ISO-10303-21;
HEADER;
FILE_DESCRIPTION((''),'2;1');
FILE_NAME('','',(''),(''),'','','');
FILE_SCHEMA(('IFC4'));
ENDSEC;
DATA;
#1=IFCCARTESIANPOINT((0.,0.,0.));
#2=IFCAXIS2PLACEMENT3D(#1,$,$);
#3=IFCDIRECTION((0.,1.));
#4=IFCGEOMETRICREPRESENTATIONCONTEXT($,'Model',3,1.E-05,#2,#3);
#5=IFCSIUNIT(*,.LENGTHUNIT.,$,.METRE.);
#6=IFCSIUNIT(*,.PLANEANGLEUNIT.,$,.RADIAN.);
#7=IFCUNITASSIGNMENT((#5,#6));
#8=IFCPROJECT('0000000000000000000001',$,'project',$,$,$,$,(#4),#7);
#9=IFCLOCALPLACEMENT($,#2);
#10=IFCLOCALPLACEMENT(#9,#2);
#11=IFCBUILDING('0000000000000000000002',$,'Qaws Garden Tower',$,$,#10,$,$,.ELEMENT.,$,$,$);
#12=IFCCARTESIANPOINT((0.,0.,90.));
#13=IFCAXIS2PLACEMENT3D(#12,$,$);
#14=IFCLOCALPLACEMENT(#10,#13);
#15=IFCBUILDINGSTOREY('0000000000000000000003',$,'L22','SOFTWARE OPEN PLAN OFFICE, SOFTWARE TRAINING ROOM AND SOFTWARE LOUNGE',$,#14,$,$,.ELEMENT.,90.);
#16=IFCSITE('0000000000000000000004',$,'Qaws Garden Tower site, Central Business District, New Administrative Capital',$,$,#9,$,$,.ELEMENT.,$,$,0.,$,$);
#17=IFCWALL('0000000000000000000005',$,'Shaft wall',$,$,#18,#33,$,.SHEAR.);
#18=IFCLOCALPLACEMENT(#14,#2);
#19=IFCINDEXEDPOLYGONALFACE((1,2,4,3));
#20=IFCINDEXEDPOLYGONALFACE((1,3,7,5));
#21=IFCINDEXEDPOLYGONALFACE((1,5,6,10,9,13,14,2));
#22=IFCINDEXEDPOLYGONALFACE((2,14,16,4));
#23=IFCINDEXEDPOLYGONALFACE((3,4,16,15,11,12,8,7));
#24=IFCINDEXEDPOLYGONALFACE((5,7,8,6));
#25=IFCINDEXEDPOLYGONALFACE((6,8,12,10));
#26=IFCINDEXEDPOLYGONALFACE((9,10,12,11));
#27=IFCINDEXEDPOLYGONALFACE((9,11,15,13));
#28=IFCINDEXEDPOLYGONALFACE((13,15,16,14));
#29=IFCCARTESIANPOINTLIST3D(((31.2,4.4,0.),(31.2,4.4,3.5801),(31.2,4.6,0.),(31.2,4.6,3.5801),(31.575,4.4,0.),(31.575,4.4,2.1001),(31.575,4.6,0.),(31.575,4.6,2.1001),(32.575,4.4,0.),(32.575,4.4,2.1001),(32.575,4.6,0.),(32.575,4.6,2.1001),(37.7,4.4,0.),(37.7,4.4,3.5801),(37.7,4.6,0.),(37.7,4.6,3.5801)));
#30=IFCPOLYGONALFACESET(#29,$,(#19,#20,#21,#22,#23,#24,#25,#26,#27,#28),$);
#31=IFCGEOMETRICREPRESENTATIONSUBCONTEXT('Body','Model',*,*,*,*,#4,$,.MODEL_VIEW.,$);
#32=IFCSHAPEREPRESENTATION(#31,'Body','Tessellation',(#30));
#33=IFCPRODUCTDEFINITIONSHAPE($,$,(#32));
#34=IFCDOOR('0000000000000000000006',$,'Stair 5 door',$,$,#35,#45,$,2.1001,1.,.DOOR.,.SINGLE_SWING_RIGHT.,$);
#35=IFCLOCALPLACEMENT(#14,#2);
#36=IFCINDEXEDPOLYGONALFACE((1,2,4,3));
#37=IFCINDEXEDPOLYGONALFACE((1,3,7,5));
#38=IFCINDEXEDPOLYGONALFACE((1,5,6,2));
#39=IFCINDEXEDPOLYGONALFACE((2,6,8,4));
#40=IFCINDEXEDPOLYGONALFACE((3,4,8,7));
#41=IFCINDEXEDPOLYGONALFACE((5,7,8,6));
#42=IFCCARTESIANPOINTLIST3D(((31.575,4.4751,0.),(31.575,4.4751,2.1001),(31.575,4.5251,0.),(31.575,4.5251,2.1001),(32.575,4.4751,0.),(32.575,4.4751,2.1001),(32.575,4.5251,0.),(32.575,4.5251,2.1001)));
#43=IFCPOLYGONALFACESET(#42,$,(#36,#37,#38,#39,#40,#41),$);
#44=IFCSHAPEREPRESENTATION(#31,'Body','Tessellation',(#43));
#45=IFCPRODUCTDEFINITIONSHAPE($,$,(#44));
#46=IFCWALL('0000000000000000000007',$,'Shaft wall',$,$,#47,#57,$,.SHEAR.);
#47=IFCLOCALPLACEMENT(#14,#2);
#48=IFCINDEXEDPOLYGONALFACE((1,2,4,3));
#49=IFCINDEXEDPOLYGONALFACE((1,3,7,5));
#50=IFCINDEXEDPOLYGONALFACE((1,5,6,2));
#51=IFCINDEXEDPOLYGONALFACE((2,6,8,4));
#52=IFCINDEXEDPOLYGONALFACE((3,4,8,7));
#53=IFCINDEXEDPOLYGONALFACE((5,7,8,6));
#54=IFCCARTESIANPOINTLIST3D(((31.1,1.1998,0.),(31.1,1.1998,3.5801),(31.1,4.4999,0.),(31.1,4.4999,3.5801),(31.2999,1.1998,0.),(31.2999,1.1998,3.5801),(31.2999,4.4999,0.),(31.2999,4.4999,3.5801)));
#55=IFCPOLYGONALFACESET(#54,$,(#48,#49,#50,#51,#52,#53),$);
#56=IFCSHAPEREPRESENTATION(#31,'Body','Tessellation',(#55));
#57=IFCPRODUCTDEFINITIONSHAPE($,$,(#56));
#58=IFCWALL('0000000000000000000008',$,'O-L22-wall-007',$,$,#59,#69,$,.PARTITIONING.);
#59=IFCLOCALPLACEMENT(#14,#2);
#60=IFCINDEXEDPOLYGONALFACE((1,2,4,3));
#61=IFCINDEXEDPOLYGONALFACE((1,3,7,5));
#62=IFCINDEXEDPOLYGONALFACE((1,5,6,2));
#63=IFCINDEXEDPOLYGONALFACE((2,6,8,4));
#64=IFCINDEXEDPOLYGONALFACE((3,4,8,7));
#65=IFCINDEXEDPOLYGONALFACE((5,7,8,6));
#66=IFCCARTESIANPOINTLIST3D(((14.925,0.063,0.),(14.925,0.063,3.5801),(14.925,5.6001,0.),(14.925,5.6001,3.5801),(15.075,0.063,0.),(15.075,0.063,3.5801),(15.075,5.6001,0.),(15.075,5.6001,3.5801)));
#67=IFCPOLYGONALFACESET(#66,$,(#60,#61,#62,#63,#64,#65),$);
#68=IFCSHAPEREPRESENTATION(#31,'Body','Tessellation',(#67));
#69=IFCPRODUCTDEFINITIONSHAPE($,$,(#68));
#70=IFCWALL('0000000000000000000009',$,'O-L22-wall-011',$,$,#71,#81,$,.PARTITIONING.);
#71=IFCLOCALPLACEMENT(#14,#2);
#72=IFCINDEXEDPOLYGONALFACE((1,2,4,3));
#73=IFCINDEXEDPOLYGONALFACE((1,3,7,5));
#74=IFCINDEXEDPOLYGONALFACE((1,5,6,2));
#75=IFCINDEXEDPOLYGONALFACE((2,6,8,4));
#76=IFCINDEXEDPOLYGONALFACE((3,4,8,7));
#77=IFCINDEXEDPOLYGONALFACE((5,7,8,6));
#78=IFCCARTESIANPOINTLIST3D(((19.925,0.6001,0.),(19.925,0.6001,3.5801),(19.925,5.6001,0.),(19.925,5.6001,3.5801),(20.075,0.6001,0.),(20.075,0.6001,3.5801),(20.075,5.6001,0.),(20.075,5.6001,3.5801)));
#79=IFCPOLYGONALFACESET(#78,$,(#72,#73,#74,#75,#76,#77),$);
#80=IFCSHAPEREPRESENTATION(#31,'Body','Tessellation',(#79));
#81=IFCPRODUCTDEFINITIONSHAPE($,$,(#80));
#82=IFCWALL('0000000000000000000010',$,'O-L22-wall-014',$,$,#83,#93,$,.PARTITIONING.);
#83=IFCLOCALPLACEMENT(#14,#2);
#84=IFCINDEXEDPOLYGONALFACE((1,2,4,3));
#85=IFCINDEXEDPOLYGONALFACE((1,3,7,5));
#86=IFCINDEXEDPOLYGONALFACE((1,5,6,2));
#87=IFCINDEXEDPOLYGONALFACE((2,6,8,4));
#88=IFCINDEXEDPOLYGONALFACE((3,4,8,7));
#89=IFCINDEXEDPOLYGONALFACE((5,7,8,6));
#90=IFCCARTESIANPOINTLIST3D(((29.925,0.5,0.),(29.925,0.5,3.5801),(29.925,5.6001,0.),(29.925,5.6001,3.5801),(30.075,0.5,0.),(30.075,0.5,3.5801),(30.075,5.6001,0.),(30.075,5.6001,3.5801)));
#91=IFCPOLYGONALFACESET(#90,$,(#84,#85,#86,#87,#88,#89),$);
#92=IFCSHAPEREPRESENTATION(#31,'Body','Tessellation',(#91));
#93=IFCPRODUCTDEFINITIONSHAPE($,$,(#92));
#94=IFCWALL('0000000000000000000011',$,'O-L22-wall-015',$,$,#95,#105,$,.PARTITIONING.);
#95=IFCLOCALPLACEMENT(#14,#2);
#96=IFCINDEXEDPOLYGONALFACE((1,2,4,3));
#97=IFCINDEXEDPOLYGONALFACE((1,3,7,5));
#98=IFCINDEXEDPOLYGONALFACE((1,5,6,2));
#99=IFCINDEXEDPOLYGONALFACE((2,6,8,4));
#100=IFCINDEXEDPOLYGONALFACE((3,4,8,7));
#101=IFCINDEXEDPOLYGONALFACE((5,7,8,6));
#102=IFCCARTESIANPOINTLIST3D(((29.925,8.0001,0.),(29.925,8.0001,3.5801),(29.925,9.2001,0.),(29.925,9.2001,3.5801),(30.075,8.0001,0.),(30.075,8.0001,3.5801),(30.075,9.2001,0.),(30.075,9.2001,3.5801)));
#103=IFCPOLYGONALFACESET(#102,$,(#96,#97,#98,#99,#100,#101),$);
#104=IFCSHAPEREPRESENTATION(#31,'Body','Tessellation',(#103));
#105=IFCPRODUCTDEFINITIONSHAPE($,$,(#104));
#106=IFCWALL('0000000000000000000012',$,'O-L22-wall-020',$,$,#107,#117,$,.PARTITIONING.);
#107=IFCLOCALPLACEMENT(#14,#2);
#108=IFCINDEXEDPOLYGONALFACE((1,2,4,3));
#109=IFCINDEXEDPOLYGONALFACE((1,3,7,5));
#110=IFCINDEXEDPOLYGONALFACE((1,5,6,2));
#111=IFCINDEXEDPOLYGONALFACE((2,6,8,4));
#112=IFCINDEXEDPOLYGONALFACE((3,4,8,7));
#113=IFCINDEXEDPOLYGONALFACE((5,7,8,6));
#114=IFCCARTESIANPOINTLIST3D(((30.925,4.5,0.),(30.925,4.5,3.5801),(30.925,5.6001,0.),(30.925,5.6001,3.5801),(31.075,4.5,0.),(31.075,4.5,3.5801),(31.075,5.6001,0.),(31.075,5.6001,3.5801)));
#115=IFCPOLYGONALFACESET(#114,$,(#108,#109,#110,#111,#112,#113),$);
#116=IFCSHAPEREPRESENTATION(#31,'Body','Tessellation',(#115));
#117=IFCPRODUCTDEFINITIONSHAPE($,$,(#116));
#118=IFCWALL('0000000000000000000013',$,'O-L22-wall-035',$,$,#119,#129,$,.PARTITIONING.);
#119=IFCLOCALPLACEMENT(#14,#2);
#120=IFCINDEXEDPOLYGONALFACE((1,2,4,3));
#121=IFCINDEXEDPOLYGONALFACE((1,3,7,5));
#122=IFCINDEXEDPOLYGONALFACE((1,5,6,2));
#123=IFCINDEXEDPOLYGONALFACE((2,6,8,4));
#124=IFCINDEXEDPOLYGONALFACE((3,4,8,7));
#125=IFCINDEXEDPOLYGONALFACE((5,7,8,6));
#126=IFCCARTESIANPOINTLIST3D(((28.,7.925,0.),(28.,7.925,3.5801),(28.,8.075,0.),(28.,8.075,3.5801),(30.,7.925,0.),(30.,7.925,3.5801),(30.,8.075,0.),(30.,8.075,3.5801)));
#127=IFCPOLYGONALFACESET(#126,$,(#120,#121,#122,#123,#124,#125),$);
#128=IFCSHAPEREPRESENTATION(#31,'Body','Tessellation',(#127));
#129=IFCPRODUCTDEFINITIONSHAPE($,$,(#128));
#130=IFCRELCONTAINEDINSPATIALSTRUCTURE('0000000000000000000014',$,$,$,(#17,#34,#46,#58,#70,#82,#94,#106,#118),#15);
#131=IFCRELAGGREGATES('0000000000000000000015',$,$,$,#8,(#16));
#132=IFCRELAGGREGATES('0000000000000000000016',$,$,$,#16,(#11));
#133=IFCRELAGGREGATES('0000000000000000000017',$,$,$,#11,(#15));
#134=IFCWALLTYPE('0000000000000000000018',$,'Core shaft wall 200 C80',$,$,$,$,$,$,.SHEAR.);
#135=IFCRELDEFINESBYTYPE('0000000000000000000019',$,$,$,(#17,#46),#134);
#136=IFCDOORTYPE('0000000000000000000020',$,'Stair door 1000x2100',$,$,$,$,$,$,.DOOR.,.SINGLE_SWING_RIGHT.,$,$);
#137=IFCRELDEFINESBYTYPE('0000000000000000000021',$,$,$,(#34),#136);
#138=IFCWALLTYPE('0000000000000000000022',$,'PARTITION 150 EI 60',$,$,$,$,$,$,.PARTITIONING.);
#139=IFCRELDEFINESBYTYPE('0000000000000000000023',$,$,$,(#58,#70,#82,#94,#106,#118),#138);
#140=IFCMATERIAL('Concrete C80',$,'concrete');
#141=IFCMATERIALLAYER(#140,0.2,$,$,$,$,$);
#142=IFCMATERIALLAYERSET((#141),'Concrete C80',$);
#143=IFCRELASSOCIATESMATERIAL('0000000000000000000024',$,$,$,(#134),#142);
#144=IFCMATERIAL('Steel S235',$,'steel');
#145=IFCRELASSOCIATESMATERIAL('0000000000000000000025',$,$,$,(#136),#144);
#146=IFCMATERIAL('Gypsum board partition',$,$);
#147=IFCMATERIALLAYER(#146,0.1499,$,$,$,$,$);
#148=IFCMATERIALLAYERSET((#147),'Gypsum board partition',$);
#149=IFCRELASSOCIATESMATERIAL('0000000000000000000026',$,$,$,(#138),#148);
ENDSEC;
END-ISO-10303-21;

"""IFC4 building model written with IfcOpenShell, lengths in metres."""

from ifc_helpers import new_model, si_unit, direction, frame, frame_2d, origin, place, context, subcontext, project, spatial, rectangle, extrude, material, layer, layer_set, type_object, element, fill, save


model = new_model("IFC4")

# Units and contexts
model_context = context("Model", 3, precision=1e-05, world=origin(), true_north=direction((0.0, 1.0)))
body_context = subcontext(model_context, "Body", "Model", "MODEL_VIEW")
ifc_project = project(units=[si_unit("LENGTHUNIT", "METRE"), si_unit("PLANEANGLEUNIT", "RADIAN")], contexts=[model_context])

# Site, building, storey
site_placement = place(None, origin())
site = spatial("IfcSite", under=ifc_project, at=site_placement, Name="Qaws Garden Tower site, Central Business District, New Administrative Capital", CompositionType="ELEMENT", RefElevation=0.0)
building_placement = place(site_placement, origin())
building = spatial("IfcBuilding", under=site, at=building_placement, Name="Qaws Garden Tower", CompositionType="ELEMENT")
storey_placement = place(building_placement, frame((0.0, 0.0, 90.0)))
storey = spatial("IfcBuildingStorey", under=building, at=storey_placement, Name="L22", Description="SOFTWARE OPEN PLAN OFFICE, SOFTWARE TRAINING ROOM AND SOFTWARE LOUNGE", CompositionType="ELEMENT", Elevation=90.0)

# Shared definitions
ifc_material_1 = material(Name="Concrete C80", Category="concrete")
ifc_layer_1 = layer(ifc_material_1, 0.2)
ifc_layer_set_1 = layer_set([ifc_layer_1], Name="Concrete C80")
wall_type_1 = type_object("IfcWallType", Name="Core shaft wall 200 C80", PredefinedType="SHEAR", material=ifc_layer_set_1)

# Wall, opening, door
wall_1_placement = place(storey_placement, frame((31.2, 4.5, 0.0), z_axis=(0.0, 0.0, 1.0), x_axis=(1.0, 0.0, 0.0)))
wall_1 = element("IfcWall", 1, at=wall_1_placement, inside=storey, type_object=wall_type_1, Name="Shaft wall", PredefinedType="SHEAR", context=body_context, shape_type="SweptSolid", body=[
    extrude(rectangle(XDim=6.5, YDim=0.2, at=frame_2d((3.25, 0.0))), origin(), (0.0, 0.0, 1.0), 3.5801),
])
opening_1_placement = place(wall_1_placement, frame((0.375, 0.0, 0.0)))
opening_1 = element("IfcOpeningElement", 2, at=opening_1_placement, cuts=wall_1, PredefinedType="OPENING", context=body_context, shape_type="SweptSolid", body=[
    extrude(rectangle(XDim=1.0, YDim=2.1001, at=frame_2d((0.5, 1.05))), frame((0.0, 0.1099, 0.0), z_axis=(0.0, -1.0, 0.0), x_axis=(1.0, 0.0, 0.0)), (0.0, 0.0, 1.0), 0.22),
])
ifc_material_2 = material(Name="Steel S235", Category="steel")
door_type = type_object("IfcDoorType", Name="Stair door 1000x2100", OperationType="SINGLE_SWING_RIGHT", PredefinedType="DOOR", material=ifc_material_2)
door_placement = place(opening_1_placement, frame((1.0, 0.0, 0.0), z_axis=(0.0, 0.0, 1.0), x_axis=(-1.0, 0.0, 0.0)))
door = element("IfcDoor", 3, at=door_placement, inside=storey, type_object=door_type, Name="Stair 5 door", OperationType="SINGLE_SWING_RIGHT", OverallHeight=2.1001, OverallWidth=1.0, PredefinedType="DOOR", context=body_context, shape_type="SweptSolid", body=[
    extrude(rectangle(XDim=1.0, YDim=2.1001, at=frame_2d((0.5, 1.05))), frame((0.0, 0.0249, 0.0), z_axis=(0.0, -1.0, 0.0), x_axis=(1.0, 0.0, 0.0)), (0.0, 0.0, 1.0), 0.05),
])
fill(opening_1, door)

# Walls
wall_2_placement = place(storey_placement, frame((31.2, 1.2, 0.0), z_axis=(0.0, 0.0, 1.0), x_axis=(0.0, 1.0, 0.0)))
element("IfcWall", 4, at=wall_2_placement, inside=storey, type_object=wall_type_1, Name="Shaft wall", PredefinedType="SHEAR", context=body_context, shape_type="SweptSolid", body=[
    extrude(rectangle(XDim=3.3, YDim=0.2, at=frame_2d((1.6499, 0.0))), origin(), (0.0, 0.0, 1.0), 3.5801),
])
ifc_material_3 = material(Name="Gypsum board partition")
ifc_layer_2 = layer(ifc_material_3, 0.1499)
ifc_layer_set_2 = layer_set([ifc_layer_2], Name="Gypsum board partition")
wall_type_2 = type_object("IfcWallType", Name="PARTITION 150 EI 60", PredefinedType="PARTITIONING", material=ifc_layer_set_2)
wall_3_placement = place(storey_placement, frame((15.0, 0.063, 0.0), z_axis=(0.0, 0.0, 1.0), x_axis=(0.0, 1.0, 0.0)))
element("IfcWall", 5, at=wall_3_placement, inside=storey, type_object=wall_type_2, Name="O-L22-wall-007", PredefinedType="PARTITIONING", context=body_context, shape_type="SweptSolid", body=[
    extrude(rectangle(XDim=5.5371, YDim=0.1499, at=frame_2d((2.7686, 0.0))), origin(), (0.0, 0.0, 1.0), 3.5801),
])
wall_4_placement = place(storey_placement, frame((20.0, 0.6001, 0.0), z_axis=(0.0, 0.0, 1.0), x_axis=(0.0, 1.0, 0.0)))
element("IfcWall", 6, at=wall_4_placement, inside=storey, type_object=wall_type_2, Name="O-L22-wall-011", PredefinedType="PARTITIONING", context=body_context, shape_type="SweptSolid", body=[
    extrude(rectangle(XDim=5.0, YDim=0.1499, at=frame_2d((2.5, 0.0))), origin(), (0.0, 0.0, 1.0), 3.5801),
])
wall_5_placement = place(storey_placement, frame((30.0, 0.5, 0.0), z_axis=(0.0, 0.0, 1.0), x_axis=(0.0, 1.0, 0.0)))
element("IfcWall", 7, at=wall_5_placement, inside=storey, type_object=wall_type_2, Name="O-L22-wall-014", PredefinedType="PARTITIONING", context=body_context, shape_type="SweptSolid", body=[
    extrude(rectangle(XDim=5.1001, YDim=0.1499, at=frame_2d((2.55, 0.0))), origin(), (0.0, 0.0, 1.0), 3.5801),
])
wall_6_placement = place(storey_placement, frame((30.0, 8.0, 0.0), z_axis=(0.0, 0.0, 1.0), x_axis=(0.0, 1.0, 0.0)))
element("IfcWall", 8, at=wall_6_placement, inside=storey, type_object=wall_type_2, Name="O-L22-wall-015", PredefinedType="PARTITIONING", context=body_context, shape_type="SweptSolid", body=[
    extrude(rectangle(XDim=1.2, YDim=0.1499, at=frame_2d((0.6001, 0.0))), origin(), (0.0, 0.0, 1.0), 3.5801),
])
wall_7_placement = place(storey_placement, frame((31.0, 4.5, 0.0), z_axis=(0.0, 0.0, 1.0), x_axis=(0.0, 1.0, 0.0)))
element("IfcWall", 9, at=wall_7_placement, inside=storey, type_object=wall_type_2, Name="O-L22-wall-020", PredefinedType="PARTITIONING", context=body_context, shape_type="SweptSolid", body=[
    extrude(rectangle(XDim=1.1001, YDim=0.1499, at=frame_2d((0.55, 0.0))), origin(), (0.0, 0.0, 1.0), 3.5801),
])
wall_8_placement = place(storey_placement, frame((28.0, 8.0, 0.0), z_axis=(0.0, 0.0, 1.0), x_axis=(1.0, 0.0, 0.0)))
element("IfcWall", 10, at=wall_8_placement, inside=storey, type_object=wall_type_2, Name="O-L22-wall-035", PredefinedType="PARTITIONING", context=body_context, shape_type="SweptSolid", body=[
    extrude(rectangle(XDim=2.0, YDim=0.1499, at=frame_2d((1.0, 0.0))), origin(), (0.0, 0.0, 1.0), 3.5801),
])

save(model, "model.ifc")
